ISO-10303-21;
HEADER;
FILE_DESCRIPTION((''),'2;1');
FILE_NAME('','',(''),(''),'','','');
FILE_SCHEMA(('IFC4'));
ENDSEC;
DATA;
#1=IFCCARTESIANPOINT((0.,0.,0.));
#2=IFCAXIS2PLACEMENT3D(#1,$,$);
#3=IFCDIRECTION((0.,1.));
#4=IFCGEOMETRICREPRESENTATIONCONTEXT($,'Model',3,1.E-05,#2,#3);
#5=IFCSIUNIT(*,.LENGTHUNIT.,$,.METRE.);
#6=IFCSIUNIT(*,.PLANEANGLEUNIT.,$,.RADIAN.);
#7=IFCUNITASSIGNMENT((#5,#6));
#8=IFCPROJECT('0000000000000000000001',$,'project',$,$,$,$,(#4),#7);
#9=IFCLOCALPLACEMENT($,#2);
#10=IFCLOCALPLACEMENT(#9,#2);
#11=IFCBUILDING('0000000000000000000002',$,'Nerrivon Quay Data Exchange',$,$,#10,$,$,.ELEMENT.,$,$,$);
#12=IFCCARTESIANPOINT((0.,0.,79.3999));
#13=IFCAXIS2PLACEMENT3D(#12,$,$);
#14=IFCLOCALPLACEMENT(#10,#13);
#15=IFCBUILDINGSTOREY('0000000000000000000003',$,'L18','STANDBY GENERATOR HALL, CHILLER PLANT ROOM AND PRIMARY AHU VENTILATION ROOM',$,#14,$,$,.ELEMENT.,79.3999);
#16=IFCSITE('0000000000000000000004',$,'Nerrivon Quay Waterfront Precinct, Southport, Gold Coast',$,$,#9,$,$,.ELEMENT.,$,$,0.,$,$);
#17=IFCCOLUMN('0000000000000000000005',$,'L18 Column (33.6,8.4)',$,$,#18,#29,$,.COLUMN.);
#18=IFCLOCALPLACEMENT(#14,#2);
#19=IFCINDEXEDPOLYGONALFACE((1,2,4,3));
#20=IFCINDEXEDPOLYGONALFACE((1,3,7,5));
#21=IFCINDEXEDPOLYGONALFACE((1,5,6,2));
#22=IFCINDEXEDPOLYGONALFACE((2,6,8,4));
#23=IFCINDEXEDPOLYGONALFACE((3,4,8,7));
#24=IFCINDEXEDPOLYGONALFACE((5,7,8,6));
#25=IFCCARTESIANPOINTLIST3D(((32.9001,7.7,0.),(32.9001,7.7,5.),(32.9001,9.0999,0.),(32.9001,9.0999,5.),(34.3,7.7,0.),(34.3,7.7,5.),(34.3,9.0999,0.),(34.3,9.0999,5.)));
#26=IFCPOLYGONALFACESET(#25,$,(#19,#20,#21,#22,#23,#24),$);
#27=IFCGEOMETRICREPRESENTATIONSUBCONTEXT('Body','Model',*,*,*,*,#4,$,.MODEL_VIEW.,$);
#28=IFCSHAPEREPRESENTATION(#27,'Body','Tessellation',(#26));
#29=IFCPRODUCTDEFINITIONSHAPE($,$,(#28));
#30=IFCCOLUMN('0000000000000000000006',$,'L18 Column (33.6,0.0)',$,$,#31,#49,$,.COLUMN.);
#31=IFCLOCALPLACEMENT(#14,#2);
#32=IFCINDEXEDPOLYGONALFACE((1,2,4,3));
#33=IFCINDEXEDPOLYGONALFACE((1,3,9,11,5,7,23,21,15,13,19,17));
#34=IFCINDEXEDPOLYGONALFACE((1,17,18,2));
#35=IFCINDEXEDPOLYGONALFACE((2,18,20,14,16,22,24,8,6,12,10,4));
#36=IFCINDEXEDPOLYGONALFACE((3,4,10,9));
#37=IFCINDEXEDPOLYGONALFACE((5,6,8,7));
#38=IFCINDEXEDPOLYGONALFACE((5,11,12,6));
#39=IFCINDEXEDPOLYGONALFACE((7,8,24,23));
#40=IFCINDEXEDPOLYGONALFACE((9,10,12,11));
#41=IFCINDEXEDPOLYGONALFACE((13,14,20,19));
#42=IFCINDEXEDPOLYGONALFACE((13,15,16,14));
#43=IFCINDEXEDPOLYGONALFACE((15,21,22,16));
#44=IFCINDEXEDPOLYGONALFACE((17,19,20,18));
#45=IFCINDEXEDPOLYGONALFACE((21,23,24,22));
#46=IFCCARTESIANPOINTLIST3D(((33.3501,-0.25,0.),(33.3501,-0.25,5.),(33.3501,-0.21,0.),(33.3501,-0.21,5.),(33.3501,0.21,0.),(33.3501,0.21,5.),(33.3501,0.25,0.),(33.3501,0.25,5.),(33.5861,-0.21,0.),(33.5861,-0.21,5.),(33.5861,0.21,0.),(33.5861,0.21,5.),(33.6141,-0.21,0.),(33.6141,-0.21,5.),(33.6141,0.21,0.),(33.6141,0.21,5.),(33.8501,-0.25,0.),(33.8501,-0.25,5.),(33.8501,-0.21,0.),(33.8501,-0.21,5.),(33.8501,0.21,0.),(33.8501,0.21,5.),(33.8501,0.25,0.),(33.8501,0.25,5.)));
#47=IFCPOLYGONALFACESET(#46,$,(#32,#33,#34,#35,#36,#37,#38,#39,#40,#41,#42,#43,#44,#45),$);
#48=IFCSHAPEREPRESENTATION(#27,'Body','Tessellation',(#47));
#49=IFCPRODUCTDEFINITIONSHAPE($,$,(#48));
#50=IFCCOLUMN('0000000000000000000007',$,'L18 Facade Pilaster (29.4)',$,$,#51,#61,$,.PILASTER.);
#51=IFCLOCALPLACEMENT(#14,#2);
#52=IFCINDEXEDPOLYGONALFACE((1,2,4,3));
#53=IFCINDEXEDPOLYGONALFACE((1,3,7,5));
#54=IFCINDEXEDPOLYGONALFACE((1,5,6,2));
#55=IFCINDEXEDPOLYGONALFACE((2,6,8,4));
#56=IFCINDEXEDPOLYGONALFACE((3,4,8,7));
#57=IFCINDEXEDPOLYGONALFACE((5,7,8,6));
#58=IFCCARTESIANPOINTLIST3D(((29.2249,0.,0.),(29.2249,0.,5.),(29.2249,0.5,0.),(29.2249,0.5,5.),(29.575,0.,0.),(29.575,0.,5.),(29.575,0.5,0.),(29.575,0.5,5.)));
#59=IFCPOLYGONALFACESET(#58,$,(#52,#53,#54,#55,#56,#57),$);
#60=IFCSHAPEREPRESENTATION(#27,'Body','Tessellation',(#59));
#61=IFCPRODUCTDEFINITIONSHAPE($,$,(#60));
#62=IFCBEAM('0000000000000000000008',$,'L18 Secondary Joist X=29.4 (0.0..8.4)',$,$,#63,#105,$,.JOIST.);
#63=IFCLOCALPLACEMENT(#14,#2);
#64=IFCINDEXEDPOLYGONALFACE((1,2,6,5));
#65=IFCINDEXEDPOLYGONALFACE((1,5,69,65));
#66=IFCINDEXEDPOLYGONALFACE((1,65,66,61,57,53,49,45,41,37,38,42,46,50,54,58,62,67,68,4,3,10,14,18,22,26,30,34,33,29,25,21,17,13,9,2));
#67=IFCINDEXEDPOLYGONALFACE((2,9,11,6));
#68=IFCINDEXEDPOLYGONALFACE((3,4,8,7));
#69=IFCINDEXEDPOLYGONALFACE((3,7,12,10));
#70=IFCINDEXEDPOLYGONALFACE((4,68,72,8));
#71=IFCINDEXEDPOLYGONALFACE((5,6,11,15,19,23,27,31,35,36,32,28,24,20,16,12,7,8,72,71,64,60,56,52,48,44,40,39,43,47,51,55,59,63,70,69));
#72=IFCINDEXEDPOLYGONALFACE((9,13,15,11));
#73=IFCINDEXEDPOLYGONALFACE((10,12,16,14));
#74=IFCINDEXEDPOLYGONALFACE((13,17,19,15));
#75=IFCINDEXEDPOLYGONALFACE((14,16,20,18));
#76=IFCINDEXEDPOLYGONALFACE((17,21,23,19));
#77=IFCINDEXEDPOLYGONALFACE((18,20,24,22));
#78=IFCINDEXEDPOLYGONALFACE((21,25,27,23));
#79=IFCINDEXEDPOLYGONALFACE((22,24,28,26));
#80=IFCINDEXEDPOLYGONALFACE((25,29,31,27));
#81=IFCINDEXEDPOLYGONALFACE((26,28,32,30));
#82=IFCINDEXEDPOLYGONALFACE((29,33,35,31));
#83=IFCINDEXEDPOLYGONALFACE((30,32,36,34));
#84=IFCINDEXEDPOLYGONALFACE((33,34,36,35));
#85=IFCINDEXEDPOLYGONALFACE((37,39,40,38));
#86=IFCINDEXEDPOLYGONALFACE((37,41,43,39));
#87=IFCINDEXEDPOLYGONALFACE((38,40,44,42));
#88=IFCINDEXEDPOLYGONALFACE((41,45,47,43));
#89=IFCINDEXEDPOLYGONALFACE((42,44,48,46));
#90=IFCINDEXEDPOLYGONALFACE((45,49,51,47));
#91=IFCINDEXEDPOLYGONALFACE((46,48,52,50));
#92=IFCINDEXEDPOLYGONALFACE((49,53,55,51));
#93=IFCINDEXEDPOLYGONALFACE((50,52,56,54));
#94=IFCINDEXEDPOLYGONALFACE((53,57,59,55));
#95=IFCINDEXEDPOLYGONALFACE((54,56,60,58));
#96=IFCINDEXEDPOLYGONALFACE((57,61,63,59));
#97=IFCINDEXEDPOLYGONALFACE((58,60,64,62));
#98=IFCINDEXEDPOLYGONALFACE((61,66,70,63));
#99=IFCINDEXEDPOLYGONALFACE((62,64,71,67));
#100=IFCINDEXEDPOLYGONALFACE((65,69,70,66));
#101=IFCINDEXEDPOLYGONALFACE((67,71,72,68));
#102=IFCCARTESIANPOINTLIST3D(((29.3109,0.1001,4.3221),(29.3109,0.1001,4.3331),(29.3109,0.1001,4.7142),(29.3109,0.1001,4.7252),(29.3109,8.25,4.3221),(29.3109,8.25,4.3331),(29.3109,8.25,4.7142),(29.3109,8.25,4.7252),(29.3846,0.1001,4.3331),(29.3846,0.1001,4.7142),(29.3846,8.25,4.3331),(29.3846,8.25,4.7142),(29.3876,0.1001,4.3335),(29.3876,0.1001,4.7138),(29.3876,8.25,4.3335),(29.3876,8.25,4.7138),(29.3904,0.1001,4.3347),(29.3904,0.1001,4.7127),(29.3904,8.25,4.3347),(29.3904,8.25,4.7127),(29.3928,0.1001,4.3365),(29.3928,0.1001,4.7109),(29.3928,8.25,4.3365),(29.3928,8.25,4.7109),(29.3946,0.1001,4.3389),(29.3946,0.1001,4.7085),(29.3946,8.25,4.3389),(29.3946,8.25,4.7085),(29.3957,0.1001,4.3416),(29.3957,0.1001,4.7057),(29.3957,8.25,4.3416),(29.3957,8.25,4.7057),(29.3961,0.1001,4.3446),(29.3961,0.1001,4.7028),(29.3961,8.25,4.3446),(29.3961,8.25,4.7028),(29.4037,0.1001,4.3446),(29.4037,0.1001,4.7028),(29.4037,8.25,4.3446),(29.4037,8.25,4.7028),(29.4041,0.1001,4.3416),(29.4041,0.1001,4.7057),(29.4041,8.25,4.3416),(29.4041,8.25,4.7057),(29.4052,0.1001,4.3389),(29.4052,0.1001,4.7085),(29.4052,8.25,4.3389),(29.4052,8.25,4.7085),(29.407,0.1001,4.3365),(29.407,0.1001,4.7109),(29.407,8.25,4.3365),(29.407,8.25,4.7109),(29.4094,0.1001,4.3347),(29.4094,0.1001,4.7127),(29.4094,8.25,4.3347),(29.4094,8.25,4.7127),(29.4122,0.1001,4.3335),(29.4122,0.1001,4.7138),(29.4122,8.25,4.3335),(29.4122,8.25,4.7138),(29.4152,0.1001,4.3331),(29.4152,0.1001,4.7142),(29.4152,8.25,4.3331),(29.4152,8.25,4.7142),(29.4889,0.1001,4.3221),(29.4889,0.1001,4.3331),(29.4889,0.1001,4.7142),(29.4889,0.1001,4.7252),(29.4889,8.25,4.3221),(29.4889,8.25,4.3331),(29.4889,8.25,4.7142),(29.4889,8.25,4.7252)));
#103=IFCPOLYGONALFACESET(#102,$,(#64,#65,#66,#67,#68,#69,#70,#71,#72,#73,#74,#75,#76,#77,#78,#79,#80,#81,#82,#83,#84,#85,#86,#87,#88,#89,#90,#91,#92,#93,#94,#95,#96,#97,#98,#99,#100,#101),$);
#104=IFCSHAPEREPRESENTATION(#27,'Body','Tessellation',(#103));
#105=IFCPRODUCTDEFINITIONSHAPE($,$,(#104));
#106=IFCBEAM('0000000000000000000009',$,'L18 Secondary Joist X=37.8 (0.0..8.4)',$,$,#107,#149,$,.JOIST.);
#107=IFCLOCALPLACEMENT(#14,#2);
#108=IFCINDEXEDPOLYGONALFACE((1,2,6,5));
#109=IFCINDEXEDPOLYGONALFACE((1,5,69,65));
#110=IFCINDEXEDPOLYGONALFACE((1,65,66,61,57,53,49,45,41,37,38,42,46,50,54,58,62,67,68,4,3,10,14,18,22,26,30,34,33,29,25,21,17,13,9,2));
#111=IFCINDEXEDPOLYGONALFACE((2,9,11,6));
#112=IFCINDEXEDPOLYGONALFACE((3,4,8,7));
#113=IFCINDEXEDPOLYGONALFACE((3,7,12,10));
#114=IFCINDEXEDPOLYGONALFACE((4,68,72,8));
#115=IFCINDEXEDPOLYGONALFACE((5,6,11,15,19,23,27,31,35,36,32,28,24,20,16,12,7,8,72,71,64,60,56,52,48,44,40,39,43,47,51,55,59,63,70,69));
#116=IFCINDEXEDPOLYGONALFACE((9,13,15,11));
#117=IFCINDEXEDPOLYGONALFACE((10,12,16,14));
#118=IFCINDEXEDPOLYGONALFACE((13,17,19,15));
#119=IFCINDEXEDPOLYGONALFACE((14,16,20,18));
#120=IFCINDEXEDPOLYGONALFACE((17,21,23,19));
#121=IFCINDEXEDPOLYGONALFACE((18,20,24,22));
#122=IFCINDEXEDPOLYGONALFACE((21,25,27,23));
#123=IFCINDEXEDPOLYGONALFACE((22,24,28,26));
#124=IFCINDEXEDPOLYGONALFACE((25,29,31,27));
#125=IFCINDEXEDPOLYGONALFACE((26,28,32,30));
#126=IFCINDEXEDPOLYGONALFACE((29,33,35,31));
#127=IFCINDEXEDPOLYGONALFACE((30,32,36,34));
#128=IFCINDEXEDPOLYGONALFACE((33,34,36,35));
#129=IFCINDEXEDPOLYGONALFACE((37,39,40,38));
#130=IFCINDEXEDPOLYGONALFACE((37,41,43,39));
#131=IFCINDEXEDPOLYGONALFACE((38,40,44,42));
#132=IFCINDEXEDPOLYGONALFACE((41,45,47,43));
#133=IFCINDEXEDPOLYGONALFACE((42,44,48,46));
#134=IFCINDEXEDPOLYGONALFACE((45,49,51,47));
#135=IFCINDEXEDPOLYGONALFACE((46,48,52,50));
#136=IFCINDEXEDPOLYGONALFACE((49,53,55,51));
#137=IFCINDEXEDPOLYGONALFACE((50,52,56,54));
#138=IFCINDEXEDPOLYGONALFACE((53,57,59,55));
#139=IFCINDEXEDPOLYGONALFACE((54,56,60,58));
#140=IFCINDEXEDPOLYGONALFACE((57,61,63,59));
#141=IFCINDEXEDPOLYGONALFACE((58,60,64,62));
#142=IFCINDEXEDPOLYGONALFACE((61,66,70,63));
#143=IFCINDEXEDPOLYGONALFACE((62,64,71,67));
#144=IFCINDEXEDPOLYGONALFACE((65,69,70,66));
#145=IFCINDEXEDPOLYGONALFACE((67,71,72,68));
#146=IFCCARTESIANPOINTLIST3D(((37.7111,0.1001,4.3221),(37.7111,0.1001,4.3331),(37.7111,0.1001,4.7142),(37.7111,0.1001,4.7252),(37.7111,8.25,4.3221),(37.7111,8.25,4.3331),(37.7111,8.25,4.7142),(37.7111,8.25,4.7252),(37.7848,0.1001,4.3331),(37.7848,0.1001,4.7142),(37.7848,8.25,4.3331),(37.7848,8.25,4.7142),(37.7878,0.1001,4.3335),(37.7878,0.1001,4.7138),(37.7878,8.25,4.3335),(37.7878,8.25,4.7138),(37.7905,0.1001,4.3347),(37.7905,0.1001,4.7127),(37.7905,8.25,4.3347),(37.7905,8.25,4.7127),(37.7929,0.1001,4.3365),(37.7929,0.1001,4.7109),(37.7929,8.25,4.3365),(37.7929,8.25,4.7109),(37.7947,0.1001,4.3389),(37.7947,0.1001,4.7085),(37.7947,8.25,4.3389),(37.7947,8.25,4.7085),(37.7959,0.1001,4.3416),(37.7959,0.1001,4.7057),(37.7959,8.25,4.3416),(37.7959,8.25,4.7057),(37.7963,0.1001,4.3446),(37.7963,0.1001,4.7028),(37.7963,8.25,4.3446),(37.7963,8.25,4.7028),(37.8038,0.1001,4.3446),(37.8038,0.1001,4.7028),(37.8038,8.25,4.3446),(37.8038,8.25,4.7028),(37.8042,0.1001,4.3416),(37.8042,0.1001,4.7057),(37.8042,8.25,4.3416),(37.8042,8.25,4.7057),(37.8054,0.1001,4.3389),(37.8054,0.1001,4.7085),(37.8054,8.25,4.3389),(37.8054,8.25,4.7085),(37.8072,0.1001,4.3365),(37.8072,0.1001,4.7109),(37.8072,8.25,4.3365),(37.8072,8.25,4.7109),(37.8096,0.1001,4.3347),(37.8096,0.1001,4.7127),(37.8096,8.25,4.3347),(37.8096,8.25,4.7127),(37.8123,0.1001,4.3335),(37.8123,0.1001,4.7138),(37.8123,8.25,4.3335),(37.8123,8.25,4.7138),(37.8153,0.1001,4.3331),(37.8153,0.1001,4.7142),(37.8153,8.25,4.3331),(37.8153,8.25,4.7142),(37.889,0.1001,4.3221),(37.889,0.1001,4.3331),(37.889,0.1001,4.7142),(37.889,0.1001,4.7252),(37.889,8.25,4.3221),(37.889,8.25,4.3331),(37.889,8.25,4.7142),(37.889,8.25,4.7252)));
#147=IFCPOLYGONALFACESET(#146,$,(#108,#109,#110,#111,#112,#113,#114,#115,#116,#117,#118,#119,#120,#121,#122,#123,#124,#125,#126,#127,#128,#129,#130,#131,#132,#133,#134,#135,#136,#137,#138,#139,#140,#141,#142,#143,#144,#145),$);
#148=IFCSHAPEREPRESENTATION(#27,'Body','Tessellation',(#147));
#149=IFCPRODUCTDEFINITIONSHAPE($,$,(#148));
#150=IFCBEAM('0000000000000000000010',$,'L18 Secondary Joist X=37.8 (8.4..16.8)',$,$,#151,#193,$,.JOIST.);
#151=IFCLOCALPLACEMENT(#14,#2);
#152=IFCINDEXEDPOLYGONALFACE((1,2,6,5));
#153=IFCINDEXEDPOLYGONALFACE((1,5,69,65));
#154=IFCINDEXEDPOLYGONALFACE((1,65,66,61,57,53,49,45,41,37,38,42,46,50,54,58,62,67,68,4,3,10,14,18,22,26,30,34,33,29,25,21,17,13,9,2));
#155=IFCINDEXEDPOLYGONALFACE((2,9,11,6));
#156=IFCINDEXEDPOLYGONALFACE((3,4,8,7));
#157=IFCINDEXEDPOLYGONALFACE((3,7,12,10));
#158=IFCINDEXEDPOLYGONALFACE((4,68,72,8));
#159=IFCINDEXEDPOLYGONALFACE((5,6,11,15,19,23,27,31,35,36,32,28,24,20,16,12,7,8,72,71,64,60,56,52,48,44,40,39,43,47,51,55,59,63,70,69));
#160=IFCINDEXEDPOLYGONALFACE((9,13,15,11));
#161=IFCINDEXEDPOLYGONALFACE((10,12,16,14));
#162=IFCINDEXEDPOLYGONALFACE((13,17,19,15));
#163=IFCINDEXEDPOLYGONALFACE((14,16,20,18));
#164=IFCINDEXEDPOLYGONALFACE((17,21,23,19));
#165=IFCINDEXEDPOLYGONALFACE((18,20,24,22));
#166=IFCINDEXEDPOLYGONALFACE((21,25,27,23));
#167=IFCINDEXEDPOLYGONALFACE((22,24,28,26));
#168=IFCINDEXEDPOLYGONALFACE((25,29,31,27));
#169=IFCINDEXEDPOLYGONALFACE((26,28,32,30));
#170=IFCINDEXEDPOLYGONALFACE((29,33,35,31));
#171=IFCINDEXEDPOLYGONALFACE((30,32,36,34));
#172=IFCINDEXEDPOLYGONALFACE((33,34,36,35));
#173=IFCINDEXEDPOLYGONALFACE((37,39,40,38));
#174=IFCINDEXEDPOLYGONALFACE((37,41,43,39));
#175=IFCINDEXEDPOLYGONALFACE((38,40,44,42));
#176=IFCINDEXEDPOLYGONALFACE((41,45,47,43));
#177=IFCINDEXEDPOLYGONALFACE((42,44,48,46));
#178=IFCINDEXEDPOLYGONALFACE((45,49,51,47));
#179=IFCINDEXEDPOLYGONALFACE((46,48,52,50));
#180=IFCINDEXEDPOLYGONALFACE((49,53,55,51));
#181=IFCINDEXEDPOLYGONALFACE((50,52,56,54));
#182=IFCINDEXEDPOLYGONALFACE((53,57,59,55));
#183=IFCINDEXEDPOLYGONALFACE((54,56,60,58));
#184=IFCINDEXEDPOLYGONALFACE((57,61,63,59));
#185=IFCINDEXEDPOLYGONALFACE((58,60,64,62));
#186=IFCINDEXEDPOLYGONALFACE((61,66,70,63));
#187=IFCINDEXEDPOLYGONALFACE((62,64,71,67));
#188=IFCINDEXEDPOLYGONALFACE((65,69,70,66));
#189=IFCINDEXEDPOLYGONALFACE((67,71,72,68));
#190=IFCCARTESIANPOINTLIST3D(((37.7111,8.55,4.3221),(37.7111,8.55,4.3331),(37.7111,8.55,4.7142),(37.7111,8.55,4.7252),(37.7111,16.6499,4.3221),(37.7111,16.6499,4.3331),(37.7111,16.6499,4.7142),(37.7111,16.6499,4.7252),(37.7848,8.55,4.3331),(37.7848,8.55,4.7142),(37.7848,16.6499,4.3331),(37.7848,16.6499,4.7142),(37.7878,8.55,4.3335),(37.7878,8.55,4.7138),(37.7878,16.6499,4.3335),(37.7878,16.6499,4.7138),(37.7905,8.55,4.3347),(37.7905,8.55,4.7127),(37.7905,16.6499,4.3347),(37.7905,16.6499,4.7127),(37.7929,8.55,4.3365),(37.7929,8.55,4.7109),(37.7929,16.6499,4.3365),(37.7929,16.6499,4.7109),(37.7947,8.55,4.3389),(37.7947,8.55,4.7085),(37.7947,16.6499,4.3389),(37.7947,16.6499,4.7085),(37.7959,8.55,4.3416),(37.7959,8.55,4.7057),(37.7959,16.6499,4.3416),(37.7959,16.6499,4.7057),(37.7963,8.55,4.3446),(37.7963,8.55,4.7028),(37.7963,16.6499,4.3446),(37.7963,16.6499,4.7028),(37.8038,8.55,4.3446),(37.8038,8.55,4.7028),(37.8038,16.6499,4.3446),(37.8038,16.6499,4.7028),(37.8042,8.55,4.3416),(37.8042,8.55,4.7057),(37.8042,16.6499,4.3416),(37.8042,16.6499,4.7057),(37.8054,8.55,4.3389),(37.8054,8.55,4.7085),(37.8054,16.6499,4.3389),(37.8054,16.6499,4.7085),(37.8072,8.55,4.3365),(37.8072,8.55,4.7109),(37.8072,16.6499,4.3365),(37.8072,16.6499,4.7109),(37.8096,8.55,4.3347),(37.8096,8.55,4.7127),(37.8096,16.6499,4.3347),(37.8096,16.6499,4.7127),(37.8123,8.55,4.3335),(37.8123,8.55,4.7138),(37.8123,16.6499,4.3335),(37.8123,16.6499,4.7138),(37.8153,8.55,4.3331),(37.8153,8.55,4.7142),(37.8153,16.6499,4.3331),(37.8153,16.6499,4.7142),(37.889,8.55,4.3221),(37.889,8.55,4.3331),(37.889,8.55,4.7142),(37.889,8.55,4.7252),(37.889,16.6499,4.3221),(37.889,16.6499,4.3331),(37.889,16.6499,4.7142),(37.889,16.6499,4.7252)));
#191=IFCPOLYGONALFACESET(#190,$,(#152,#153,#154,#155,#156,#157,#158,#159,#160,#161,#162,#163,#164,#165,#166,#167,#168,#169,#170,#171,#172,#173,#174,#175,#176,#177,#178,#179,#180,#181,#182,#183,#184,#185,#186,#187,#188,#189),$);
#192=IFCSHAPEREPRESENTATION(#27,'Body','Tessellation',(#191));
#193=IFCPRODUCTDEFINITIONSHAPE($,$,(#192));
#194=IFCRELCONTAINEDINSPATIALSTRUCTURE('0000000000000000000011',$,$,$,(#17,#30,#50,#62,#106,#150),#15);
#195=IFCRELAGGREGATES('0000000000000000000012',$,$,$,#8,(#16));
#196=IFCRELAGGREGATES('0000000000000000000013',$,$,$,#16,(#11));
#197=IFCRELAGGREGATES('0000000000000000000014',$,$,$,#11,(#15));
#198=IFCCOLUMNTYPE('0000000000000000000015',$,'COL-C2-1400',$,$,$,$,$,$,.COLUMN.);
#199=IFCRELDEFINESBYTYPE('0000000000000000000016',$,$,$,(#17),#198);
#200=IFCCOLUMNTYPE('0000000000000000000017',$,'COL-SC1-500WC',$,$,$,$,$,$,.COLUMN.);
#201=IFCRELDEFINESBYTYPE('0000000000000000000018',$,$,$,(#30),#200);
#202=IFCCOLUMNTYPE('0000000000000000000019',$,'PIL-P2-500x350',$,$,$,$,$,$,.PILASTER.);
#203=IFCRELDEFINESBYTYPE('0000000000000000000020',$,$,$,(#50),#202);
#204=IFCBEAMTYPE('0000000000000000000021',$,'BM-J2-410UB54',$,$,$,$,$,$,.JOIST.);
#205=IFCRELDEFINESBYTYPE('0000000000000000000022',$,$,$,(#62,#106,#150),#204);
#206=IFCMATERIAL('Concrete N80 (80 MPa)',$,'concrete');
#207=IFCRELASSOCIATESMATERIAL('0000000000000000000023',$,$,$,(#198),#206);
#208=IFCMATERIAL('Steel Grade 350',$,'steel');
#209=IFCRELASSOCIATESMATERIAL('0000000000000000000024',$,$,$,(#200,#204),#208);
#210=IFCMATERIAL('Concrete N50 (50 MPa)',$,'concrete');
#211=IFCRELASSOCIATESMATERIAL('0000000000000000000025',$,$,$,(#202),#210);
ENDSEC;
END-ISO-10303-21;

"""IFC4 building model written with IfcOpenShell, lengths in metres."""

from ifc_helpers import new_model, si_unit, direction, frame, origin, origin_2d, place, context, subcontext, project, spatial, rectangle, i_section, extrude, material, material_profile, profile_set, type_object, element, save


model = new_model("IFC4")

# Units and contexts
model_context = context("Model", 3, precision=1e-05, world=origin(), true_north=direction((0.0, 1.0)))
body_context = subcontext(model_context, "Body", "Model", "MODEL_VIEW")
ifc_project = project(units=[si_unit("LENGTHUNIT", "METRE"), si_unit("PLANEANGLEUNIT", "RADIAN")], contexts=[model_context])

# Site, building, storey
site_placement = place(None, origin())
site = spatial("IfcSite", under=ifc_project, at=site_placement, Name="Nerrivon Quay Waterfront Precinct, Southport, Gold Coast", CompositionType="ELEMENT", RefElevation=0.0)
building_placement = place(site_placement, origin())
building = spatial("IfcBuilding", under=site, at=building_placement, Name="Nerrivon Quay Data Exchange", CompositionType="ELEMENT")
storey_placement = place(building_placement, frame((0.0, 0.0, 79.3999)))
storey = spatial("IfcBuildingStorey", under=building, at=storey_placement, Name="L18", Description="STANDBY GENERATOR HALL, CHILLER PLANT ROOM AND PRIMARY AHU VENTILATION ROOM", CompositionType="ELEMENT", Elevation=79.3999)

# Columns
ifc_material_1 = material(Name="Concrete N80 (80 MPa)", Category="concrete")
ifc_material_profile_1 = material_profile(ifc_material_1, rectangle(XDim=1.3999, YDim=1.3999, at=origin_2d()), Name="RC-COL-1400x1400")
ifc_profile_set_1 = profile_set([ifc_material_profile_1], Name="Concrete N80 (80 MPa)")
column_type_1 = type_object("IfcColumnType", Name="COL-C2-1400", PredefinedType="COLUMN", material=ifc_profile_set_1)
column_1_placement = place(storey_placement, frame((33.6001, 8.3999, 0.0), z_axis=(0.0, 0.0, 1.0), x_axis=(1.0, 0.0, 0.0)))
element("IfcColumn", 1, at=column_1_placement, inside=storey, type_object=column_type_1, Name="L18 Column (33.6,8.4)", PredefinedType="COLUMN", context=body_context, shape_type="SweptSolid", body=[
    extrude(rectangle(XDim=1.3999, YDim=1.3999, at=origin_2d()), origin(), (0.0, 0.0, 1.0), 5.0),
])
ifc_material_2 = material(Name="Steel Grade 350", Category="steel")
ifc_material_profile_2 = material_profile(ifc_material_2, i_section(OverallWidth=0.5, OverallDepth=0.5, WebThickness=0.0281, FlangeThickness=0.04, at=origin_2d()), Name="500WC440")
ifc_profile_set_2 = profile_set([ifc_material_profile_2], Name="Steel Grade 350")
column_type_2 = type_object("IfcColumnType", Name="COL-SC1-500WC", PredefinedType="COLUMN", material=ifc_profile_set_2)
column_2_placement = place(storey_placement, frame((33.6001, 0.0, 0.0), z_axis=(0.0, 0.0, 1.0), x_axis=(1.0, 0.0, 0.0)))
element("IfcColumn", 2, at=column_2_placement, inside=storey, type_object=column_type_2, Name="L18 Column (33.6,0.0)", PredefinedType="COLUMN", context=body_context, shape_type="SweptSolid", body=[
    extrude(i_section(OverallWidth=0.5, OverallDepth=0.5, WebThickness=0.0281, FlangeThickness=0.04, at=origin_2d()), origin(), (0.0, 0.0, 1.0), 5.0),
])
ifc_material_3 = material(Name="Concrete N50 (50 MPa)", Category="concrete")
ifc_material_profile_3 = material_profile(ifc_material_3, rectangle(XDim=0.3501, YDim=0.5, at=origin_2d()), Name="RC-PIL-500x350")
ifc_profile_set_3 = profile_set([ifc_material_profile_3], Name="Concrete N50 (50 MPa)")
column_type_3 = type_object("IfcColumnType", Name="PIL-P2-500x350", PredefinedType="PILASTER", material=ifc_profile_set_3)
column_3_placement = place(storey_placement, frame((29.3999, 0.25, 0.0), z_axis=(0.0, 0.0, 1.0), x_axis=(1.0, 0.0, 0.0)))
element("IfcColumn", 3, at=column_3_placement, inside=storey, type_object=column_type_3, Name="L18 Facade Pilaster (29.4)", PredefinedType="PILASTER", context=body_context, shape_type="SweptSolid", body=[
    extrude(rectangle(XDim=0.3501, YDim=0.5, at=origin_2d()), origin(), (0.0, 0.0, 1.0), 5.0),
])

# Beams
ifc_material_profile_4 = material_profile(ifc_material_2, i_section(OverallWidth=0.178, OverallDepth=0.4031, WebThickness=0.0076, FlangeThickness=0.011, FilletRadius=0.0115, at=origin_2d()), Name="410UB53.7")
ifc_profile_set_4 = profile_set([ifc_material_profile_4], Name="Steel Grade 350")
beam_type_1 = type_object("IfcBeamType", Name="BM-J2-410UB54", PredefinedType="JOIST", material=ifc_profile_set_4)
for number, where, z_axis, x_axis, name in (
    (4, (29.3999, 0.1001, 4.5237), (0.0, 1.0, 0.0), (-1.0, 0.0, 0.0), "L18 Secondary Joist X=29.4 (0.0..8.4)"),
    (5, (37.8, 0.1001, 4.5237), (0.0, 1.0, 0.0), (-1.0, 0.0, 0.0), "L18 Secondary Joist X=37.8 (0.0..8.4)"),
):
    element("IfcBeam", number, at=place(storey_placement, frame(where, z_axis=z_axis, x_axis=x_axis)), inside=storey, type_object=beam_type_1, Name=name, PredefinedType="JOIST", context=body_context, shape_type="SweptSolid", body=[
        extrude(i_section(OverallWidth=0.178, OverallDepth=0.4031, WebThickness=0.0076, FlangeThickness=0.011, FilletRadius=0.0115, at=origin_2d()), origin(), (0.0, 0.0, 1.0), 8.1499),
    ])
beam_1_placement = place(storey_placement, frame((37.8, 8.55, 4.5237), z_axis=(0.0, 1.0, 0.0), x_axis=(-1.0, 0.0, 0.0)))
element("IfcBeam", 6, at=beam_1_placement, inside=storey, type_object=beam_type_1, Name="L18 Secondary Joist X=37.8 (8.4..16.8)", PredefinedType="JOIST", context=body_context, shape_type="SweptSolid", body=[
    extrude(i_section(OverallWidth=0.178, OverallDepth=0.4031, WebThickness=0.0076, FlangeThickness=0.011, FilletRadius=0.0115, at=origin_2d()), origin(), (0.0, 0.0, 1.0), 8.0999),
])

save(model, "model.ifc")
